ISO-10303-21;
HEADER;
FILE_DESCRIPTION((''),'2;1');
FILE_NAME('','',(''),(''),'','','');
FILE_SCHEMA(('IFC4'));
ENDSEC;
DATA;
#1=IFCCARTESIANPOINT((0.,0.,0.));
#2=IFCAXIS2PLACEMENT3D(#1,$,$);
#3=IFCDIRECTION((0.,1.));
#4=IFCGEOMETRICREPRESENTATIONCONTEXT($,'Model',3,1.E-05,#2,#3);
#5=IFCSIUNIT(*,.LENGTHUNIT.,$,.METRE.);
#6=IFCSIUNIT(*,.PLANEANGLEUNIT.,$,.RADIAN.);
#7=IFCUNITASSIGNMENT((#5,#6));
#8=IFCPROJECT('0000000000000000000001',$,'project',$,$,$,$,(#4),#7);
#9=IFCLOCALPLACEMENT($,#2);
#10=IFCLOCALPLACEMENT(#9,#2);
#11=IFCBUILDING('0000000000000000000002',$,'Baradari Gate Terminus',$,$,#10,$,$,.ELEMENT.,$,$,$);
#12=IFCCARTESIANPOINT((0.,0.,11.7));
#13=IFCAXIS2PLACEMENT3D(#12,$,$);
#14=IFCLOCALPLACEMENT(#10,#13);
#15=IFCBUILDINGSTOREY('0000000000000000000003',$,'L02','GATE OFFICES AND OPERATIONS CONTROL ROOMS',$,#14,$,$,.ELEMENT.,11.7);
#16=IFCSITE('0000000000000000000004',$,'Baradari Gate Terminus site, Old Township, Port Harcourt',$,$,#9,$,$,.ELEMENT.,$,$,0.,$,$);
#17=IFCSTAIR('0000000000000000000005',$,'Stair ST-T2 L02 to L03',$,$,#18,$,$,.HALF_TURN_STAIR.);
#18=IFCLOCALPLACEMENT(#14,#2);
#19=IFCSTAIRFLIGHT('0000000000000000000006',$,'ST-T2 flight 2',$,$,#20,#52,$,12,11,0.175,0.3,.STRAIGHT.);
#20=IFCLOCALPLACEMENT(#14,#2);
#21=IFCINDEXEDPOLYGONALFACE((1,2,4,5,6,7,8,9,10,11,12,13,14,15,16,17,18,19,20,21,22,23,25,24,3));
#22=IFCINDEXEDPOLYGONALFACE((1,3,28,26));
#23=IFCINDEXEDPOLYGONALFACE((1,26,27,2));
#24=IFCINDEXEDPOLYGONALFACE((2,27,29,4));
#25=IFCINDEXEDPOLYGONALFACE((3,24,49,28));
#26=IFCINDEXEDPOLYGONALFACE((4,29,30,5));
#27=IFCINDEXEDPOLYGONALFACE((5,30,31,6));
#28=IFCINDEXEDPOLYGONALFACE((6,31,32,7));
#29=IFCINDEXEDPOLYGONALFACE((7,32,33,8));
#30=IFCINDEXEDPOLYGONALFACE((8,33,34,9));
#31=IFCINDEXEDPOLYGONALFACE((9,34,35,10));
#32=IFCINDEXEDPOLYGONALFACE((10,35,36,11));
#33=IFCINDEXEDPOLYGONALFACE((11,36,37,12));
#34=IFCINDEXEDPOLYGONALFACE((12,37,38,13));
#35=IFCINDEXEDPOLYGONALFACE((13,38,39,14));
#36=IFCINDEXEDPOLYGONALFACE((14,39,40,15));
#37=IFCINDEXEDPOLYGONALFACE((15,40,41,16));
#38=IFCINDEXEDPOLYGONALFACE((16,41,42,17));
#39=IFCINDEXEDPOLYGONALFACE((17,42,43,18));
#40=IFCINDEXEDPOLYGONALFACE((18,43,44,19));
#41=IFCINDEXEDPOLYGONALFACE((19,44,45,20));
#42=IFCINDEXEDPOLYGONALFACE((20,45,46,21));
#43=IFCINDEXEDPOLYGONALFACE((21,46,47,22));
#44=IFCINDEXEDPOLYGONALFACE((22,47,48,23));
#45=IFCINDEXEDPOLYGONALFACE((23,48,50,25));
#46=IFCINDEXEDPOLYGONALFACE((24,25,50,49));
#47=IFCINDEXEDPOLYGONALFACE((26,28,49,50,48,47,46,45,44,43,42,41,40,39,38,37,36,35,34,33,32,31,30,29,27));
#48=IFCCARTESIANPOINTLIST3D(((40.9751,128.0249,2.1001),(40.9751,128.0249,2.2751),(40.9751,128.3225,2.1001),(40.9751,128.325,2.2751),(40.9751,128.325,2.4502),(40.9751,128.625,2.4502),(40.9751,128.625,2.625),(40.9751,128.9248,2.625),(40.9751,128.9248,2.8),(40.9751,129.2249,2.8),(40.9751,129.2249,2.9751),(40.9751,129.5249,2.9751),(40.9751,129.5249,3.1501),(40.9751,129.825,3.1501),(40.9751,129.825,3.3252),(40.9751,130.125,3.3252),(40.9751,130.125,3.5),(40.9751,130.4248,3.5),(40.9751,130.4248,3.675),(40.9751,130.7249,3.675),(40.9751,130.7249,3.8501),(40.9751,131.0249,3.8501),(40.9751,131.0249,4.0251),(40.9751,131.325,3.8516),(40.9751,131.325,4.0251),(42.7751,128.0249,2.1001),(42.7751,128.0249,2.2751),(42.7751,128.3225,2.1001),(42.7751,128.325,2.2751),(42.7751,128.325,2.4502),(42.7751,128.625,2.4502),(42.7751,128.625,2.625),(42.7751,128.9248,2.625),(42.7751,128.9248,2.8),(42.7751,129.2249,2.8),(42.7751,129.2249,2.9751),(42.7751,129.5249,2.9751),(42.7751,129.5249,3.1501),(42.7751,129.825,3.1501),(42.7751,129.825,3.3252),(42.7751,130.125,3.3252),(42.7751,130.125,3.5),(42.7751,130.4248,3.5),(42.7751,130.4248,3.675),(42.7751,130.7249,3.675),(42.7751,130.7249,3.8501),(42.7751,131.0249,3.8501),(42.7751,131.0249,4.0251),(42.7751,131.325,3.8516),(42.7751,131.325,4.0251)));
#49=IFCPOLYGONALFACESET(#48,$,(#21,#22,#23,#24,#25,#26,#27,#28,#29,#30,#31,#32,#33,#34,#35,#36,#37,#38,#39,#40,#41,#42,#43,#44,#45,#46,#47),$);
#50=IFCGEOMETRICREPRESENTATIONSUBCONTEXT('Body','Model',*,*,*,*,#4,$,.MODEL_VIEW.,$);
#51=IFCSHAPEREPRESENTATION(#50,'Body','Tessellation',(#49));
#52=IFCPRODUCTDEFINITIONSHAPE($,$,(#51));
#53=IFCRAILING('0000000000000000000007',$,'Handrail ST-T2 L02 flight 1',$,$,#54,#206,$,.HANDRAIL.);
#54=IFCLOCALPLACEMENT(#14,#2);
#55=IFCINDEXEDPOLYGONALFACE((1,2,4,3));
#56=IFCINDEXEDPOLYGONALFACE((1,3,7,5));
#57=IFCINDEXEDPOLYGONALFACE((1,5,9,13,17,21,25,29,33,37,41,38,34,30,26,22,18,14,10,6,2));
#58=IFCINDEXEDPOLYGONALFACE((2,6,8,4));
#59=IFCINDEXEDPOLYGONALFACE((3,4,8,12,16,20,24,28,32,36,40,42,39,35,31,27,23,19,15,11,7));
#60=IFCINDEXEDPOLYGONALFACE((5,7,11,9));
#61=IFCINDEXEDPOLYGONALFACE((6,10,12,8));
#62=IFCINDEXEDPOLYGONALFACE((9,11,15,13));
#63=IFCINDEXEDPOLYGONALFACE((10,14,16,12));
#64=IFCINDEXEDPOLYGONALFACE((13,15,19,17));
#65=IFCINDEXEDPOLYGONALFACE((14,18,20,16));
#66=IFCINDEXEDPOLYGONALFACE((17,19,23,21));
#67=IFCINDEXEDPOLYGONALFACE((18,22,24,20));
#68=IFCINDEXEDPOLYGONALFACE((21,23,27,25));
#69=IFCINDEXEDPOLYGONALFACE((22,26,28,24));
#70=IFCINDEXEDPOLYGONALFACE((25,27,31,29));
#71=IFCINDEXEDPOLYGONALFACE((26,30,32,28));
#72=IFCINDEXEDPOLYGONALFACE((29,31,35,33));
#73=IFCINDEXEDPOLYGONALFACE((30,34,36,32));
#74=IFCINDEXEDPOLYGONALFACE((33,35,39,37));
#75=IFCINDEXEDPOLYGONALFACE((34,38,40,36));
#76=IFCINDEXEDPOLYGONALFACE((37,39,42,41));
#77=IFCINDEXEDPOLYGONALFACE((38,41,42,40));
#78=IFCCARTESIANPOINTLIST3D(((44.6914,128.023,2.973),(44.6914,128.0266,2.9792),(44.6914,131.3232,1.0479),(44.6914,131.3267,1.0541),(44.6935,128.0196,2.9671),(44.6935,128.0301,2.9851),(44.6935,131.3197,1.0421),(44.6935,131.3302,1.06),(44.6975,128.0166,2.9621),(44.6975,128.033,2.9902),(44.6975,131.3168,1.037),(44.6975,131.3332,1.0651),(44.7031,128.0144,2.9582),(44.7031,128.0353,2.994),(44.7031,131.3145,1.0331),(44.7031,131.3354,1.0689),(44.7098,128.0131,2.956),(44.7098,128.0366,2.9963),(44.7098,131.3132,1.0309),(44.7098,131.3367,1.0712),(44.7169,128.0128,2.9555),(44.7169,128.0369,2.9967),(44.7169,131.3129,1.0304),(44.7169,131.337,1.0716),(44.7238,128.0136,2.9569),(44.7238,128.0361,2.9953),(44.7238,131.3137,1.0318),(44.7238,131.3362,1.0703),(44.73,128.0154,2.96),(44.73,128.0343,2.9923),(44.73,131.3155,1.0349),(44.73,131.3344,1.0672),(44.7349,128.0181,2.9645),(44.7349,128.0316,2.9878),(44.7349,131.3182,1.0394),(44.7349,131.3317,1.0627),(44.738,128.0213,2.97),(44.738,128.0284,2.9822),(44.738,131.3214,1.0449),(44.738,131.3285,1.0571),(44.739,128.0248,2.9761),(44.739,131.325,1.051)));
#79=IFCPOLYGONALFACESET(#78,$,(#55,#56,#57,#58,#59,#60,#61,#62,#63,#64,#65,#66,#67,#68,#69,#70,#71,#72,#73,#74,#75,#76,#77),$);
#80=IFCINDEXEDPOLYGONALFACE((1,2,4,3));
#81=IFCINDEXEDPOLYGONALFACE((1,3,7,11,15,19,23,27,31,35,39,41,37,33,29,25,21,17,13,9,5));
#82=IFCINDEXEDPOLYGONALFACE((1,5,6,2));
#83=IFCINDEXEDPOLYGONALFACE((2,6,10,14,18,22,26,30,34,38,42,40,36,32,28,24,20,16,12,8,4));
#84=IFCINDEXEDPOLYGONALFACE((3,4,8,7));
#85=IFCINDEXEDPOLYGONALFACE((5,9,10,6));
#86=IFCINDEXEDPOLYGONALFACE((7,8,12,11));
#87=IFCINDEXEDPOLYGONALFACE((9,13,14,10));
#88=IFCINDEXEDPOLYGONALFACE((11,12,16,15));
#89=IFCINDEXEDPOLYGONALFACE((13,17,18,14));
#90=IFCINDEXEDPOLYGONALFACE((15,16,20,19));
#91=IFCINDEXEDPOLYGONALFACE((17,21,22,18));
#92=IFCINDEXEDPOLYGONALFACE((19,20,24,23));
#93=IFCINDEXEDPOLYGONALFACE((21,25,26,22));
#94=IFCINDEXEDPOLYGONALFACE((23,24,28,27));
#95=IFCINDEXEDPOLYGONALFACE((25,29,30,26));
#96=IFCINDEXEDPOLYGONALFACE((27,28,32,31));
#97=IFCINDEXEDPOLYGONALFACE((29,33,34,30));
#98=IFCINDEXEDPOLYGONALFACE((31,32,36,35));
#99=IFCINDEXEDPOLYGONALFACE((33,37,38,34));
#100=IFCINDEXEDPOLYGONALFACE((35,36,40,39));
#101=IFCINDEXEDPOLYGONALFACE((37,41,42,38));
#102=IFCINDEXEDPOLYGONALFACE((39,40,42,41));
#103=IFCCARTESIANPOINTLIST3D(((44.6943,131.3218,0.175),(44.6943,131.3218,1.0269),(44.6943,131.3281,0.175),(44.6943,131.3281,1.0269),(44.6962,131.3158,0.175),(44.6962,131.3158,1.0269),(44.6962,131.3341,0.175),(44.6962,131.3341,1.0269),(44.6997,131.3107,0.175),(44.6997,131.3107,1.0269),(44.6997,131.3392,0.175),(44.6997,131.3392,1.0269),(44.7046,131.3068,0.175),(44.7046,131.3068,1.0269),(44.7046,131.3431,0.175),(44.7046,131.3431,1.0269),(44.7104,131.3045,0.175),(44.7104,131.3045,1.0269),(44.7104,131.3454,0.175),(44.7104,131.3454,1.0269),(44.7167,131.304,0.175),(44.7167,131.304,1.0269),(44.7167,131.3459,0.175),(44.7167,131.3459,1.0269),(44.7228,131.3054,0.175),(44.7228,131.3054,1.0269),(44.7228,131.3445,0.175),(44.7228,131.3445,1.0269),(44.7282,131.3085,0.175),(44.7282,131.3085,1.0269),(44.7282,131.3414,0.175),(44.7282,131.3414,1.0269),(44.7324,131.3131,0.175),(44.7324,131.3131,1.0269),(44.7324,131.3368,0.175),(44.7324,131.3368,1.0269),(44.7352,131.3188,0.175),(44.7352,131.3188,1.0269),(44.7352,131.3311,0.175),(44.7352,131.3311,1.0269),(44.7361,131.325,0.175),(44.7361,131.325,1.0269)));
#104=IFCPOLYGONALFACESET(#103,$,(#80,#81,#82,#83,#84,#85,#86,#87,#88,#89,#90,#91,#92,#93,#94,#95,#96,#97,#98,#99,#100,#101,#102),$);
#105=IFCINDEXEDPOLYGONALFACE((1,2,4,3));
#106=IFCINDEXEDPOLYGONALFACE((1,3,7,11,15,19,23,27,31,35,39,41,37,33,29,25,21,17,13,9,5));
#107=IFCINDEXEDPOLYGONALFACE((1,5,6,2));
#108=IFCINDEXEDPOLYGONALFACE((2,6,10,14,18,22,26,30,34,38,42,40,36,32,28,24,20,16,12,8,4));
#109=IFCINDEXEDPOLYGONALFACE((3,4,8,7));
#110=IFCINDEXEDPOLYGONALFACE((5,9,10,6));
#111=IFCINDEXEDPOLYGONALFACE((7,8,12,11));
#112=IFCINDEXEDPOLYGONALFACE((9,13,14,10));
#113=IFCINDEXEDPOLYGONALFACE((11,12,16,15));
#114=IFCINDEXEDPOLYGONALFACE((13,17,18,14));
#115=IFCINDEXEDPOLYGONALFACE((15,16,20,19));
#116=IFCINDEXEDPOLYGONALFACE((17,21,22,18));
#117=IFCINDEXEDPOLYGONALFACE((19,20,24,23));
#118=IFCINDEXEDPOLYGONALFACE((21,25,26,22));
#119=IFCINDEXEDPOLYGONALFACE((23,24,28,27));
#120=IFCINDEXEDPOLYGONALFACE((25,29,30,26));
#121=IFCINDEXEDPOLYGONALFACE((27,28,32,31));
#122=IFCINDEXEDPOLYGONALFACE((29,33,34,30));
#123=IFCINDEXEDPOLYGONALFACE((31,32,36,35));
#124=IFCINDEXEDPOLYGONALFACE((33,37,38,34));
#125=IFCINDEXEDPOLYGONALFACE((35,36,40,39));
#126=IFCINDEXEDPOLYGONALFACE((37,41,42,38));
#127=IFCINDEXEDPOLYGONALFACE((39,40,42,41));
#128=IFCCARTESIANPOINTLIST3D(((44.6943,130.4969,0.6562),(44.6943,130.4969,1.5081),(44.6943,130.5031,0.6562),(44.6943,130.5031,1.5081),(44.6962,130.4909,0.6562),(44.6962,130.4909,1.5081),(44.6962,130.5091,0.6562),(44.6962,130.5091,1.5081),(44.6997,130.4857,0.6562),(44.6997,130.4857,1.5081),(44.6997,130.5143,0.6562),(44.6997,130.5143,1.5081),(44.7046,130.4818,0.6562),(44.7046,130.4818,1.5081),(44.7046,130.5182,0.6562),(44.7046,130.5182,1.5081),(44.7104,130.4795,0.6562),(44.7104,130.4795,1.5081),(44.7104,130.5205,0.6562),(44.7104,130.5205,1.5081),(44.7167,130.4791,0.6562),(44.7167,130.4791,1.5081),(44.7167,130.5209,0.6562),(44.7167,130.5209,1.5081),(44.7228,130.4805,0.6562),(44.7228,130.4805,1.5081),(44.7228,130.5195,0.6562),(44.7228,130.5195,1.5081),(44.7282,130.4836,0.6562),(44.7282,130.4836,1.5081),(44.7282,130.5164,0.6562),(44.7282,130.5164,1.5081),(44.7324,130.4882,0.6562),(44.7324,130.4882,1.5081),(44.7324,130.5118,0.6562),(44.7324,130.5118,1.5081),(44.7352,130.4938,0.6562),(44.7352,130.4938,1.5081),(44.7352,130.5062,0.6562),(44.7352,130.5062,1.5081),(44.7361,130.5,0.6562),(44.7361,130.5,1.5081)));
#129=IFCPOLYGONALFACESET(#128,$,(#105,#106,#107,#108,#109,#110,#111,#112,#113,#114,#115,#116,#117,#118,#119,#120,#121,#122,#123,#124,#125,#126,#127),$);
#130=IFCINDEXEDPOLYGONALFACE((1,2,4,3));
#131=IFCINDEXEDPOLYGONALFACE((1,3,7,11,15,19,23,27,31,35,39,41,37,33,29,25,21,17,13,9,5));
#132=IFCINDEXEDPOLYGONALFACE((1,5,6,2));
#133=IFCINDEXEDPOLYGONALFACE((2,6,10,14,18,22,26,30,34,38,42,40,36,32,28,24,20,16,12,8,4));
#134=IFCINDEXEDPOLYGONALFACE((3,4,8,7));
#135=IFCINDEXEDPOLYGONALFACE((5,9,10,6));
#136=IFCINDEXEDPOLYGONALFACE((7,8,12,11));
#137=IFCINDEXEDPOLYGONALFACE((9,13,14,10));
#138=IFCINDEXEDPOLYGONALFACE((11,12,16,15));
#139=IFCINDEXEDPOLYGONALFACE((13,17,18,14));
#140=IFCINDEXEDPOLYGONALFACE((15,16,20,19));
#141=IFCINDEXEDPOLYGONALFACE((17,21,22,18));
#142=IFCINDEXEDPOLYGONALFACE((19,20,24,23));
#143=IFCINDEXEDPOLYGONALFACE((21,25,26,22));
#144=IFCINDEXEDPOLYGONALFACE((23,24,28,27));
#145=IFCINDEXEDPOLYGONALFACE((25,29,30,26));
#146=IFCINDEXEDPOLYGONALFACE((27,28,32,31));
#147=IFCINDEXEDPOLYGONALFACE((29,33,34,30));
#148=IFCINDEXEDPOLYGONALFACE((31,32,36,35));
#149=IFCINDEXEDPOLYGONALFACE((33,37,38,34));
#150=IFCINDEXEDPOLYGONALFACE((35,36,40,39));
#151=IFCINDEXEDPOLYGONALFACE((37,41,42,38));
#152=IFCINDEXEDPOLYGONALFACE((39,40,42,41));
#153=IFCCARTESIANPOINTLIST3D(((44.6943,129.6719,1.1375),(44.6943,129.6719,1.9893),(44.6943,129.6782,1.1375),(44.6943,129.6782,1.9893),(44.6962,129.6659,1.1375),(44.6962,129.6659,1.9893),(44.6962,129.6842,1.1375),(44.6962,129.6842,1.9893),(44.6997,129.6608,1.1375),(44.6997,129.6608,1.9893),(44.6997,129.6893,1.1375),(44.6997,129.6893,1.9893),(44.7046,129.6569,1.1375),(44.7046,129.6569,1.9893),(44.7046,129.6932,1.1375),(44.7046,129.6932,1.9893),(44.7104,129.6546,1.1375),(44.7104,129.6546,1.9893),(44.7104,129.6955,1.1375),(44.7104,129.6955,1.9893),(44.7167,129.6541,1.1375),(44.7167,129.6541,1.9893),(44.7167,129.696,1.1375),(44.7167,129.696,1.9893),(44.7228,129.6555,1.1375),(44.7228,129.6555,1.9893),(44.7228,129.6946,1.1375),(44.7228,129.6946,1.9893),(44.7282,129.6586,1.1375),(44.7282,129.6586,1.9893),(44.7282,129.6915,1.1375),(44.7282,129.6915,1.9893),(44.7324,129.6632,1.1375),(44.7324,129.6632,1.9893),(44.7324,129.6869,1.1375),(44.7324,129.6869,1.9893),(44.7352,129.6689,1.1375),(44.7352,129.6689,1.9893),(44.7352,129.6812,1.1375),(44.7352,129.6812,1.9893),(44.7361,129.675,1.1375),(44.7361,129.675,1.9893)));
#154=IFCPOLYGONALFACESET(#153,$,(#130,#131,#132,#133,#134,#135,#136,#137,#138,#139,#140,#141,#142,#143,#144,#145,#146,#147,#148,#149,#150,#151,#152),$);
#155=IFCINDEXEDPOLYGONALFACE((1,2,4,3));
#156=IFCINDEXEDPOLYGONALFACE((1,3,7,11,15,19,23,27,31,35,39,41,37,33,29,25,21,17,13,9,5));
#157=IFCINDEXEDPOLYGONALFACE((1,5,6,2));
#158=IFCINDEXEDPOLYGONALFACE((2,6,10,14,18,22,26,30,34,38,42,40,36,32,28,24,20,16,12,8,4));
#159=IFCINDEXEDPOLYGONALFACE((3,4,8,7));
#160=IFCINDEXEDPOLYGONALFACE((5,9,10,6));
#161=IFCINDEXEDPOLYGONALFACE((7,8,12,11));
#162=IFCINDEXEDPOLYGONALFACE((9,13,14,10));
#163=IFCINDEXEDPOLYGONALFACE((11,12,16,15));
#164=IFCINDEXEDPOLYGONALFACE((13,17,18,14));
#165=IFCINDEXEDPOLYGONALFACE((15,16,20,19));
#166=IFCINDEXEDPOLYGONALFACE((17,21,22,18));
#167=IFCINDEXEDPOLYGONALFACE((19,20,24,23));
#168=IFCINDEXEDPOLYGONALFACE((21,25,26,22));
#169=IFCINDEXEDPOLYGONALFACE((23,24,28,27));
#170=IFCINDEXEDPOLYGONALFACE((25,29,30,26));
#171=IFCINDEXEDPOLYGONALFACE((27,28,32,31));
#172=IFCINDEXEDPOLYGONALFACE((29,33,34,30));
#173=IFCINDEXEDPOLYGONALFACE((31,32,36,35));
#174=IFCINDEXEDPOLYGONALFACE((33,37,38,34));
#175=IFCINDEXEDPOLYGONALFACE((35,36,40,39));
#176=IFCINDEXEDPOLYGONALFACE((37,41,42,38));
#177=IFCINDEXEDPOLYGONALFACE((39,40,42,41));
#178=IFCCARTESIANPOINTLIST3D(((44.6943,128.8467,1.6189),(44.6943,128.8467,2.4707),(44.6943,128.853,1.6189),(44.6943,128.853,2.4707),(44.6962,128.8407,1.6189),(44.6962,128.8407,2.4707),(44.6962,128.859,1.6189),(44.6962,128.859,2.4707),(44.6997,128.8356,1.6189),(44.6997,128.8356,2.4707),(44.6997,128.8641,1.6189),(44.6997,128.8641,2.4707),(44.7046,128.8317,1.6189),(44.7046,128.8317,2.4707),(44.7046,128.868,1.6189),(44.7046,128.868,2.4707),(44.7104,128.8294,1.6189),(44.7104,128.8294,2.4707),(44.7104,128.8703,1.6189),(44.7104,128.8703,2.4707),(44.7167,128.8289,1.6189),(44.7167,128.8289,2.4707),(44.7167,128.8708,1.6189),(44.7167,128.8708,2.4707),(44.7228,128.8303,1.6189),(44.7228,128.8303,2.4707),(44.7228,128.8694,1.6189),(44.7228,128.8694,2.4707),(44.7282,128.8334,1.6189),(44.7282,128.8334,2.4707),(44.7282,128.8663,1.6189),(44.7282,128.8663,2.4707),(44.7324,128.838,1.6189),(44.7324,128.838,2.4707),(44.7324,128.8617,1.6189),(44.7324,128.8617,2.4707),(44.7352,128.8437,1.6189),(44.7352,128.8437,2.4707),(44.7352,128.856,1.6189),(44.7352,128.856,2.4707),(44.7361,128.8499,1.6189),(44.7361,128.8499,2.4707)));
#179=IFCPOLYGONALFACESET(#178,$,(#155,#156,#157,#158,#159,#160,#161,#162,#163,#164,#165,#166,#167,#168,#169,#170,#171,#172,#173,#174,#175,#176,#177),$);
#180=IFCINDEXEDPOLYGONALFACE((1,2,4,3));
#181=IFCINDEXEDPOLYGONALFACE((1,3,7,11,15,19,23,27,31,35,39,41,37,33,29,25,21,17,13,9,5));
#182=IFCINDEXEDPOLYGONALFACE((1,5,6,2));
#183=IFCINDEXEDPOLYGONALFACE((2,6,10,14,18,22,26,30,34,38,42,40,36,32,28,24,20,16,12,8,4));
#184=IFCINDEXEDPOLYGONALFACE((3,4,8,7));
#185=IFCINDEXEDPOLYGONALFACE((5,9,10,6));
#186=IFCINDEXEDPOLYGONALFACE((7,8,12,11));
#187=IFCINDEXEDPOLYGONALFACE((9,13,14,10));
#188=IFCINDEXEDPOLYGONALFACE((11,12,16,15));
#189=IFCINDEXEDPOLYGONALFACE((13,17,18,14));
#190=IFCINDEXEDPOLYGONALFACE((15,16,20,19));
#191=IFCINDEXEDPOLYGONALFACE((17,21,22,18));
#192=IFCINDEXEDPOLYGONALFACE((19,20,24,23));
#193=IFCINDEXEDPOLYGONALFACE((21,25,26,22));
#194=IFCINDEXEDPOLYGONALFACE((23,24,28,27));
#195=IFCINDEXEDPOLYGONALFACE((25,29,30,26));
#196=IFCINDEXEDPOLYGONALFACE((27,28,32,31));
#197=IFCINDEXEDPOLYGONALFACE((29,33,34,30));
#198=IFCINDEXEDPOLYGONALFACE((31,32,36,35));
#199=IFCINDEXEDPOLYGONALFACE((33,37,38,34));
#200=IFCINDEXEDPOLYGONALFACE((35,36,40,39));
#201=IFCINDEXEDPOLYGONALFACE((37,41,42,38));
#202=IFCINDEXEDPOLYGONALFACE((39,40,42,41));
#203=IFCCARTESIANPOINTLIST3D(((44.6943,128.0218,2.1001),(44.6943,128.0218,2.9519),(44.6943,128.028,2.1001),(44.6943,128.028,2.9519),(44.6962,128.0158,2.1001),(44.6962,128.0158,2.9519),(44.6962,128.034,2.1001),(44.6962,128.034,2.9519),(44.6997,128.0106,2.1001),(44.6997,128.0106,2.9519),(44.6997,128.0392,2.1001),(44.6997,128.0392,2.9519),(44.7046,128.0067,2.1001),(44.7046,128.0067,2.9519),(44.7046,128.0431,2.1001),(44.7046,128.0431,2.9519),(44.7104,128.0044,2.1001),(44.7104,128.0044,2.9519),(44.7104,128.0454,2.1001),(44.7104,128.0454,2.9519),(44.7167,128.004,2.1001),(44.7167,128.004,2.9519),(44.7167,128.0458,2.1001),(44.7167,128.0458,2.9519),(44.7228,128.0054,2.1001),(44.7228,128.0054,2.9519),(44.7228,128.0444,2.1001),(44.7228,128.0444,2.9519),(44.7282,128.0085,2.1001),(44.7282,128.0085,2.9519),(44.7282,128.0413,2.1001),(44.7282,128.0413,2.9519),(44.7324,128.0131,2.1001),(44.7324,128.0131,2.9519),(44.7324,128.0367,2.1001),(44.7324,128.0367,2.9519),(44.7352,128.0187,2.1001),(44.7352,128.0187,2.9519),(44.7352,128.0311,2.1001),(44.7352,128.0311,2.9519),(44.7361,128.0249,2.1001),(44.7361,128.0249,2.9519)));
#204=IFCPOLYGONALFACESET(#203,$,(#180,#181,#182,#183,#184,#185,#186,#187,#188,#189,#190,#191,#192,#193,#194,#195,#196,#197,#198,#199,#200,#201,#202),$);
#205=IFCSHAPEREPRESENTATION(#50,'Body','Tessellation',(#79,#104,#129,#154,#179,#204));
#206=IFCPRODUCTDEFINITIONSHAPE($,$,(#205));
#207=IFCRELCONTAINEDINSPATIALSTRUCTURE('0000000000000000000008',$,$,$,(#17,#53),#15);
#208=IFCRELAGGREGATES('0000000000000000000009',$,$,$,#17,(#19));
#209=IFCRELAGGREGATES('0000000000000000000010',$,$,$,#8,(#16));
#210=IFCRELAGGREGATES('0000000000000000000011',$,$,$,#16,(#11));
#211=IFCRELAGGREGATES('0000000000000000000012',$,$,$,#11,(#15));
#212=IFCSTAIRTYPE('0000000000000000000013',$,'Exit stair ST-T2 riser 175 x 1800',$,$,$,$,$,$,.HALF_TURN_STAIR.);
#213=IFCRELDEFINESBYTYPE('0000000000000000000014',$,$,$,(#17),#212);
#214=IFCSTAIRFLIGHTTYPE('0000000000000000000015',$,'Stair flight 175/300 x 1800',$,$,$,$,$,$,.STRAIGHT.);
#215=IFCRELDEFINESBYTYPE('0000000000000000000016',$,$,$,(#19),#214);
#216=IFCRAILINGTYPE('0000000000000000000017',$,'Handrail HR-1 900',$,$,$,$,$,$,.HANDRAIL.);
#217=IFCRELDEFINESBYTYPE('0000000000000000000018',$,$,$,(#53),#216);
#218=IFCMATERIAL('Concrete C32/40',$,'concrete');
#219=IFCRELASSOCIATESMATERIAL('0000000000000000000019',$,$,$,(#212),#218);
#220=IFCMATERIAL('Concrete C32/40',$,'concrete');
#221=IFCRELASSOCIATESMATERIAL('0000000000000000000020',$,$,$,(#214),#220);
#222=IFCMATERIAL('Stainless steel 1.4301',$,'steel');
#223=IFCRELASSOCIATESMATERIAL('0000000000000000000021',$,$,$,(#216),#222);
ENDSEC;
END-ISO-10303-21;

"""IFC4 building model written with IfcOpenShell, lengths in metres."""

from ifc_helpers import new_model, si_unit, direction, frame, origin, origin_2d, place, context, subcontext, project, spatial, polyline, circle, outline, extrude, material, type_object, element, aggregate, save


model = new_model("IFC4")

# Units and contexts
model_context = context("Model", 3, precision=1e-05, world=origin(), true_north=direction((0.0, 1.0)))
body_context = subcontext(model_context, "Body", "Model", "MODEL_VIEW")
ifc_project = project(units=[si_unit("LENGTHUNIT", "METRE"), si_unit("PLANEANGLEUNIT", "RADIAN")], contexts=[model_context])

# Site, building, storey
site_placement = place(None, origin())
site = spatial("IfcSite", under=ifc_project, at=site_placement, Name="Baradari Gate Terminus site, Old Township, Port Harcourt", CompositionType="ELEMENT", RefElevation=0.0)
building_placement = place(site_placement, origin())
building = spatial("IfcBuilding", under=site, at=building_placement, Name="Baradari Gate Terminus", CompositionType="ELEMENT")
storey_placement = place(building_placement, frame((0.0, 0.0, 11.7)))
storey = spatial("IfcBuildingStorey", under=building, at=storey_placement, Name="L02", Description="GATE OFFICES AND OPERATIONS CONTROL ROOMS", CompositionType="ELEMENT", Elevation=11.7)

# Stair, stair flight
ifc_material_1 = material(Name="Concrete C32/40", Category="concrete")
stair_type = type_object("IfcStairType", Name="Exit stair ST-T2 riser 175 x 1800", PredefinedType="HALF_TURN_STAIR", material=ifc_material_1)
stair_placement = place(storey_placement, origin())
stair = element("IfcStair", 1, at=stair_placement, inside=storey, type_object=stair_type, Name="Stair ST-T2 L02 to L03", PredefinedType="HALF_TURN_STAIR")
ifc_material_2 = material(Name="Concrete C32/40", Category="concrete")
stair_flight_type = type_object("IfcStairFlightType", Name="Stair flight 175/300 x 1800", PredefinedType="STRAIGHT", material=ifc_material_2)
stair_flight_1_placement = place(storey_placement, frame((41.875, 128.0249, 2.1001), z_axis=(0.0, 0.0, 1.0), x_axis=(0.0, 1.0, 0.0)))
stair_flight_1 = element("IfcStairFlight", 2, at=stair_flight_1_placement, type_object=stair_flight_type, Name="ST-T2 flight 2", NumberOfRisers=12, NumberOfTreads=11, PredefinedType="STRAIGHT", RiserHeight=0.175, TreadLength=0.3, context=body_context, shape_type="SweptSolid", body=[
    extrude(outline(polyline([(0.0, 0.0), (0.0, 0.175), (0.3, 0.175), (0.3, 0.3501), (0.6001, 0.3501), (0.6001, 0.5249), (0.8999, 0.5249), (0.8999, 0.7), (1.2, 0.7), (1.2, 0.875), (1.5, 0.875), (1.5, 1.05), (1.8, 1.05), (1.8, 1.2251), (2.1001, 1.2251), (2.1001, 1.3999), (2.3999, 1.3999), (2.3999, 1.575), (2.7, 1.575), (2.7, 1.75), (3.0, 1.75), (3.0, 1.925), (3.3, 1.925), (3.3, 2.1001), (3.3, 1.7515), (0.2976, 0.0), (0.0, 0.0)])), frame((0.0, 0.8999, 0.0), z_axis=(0.0, -1.0, 0.0), x_axis=(1.0, 0.0, 0.0)), (0.0, 0.0, 1.0), 1.8),
])
aggregate(stair, [stair_flight_1])

# Railing
ifc_material_3 = material(Name="Stainless steel 1.4301", Category="steel")
railing_type = type_object("IfcRailingType", Name="Handrail HR-1 900", PredefinedType="HANDRAIL", material=ifc_material_3)
for number, where, name in (
    (3, (44.7151, 131.325, 0.175), "Handrail ST-T2 L02 flight 1"),
):
    element("IfcRailing", number, at=place(storey_placement, frame(where)), inside=storey, type_object=railing_type, Name=name, PredefinedType="HANDRAIL", context=body_context, shape_type="SweptSolid", body=[
        extrude(circle(Radius=0.0239, at=origin_2d()), frame((0.0, 0.0, 0.876), z_axis=(0.0, -0.863777, 0.503875), x_axis=(1.0, 0.0, 0.0)), (0.0, 0.0, 1.0), 3.8206),
        extrude(circle(Radius=0.021, at=origin_2d()), origin(), (0.0, 0.0, 1.0), 0.8518),
        extrude(circle(Radius=0.021, at=origin_2d()), frame((0.0, -0.825, 0.4812)), (0.0, 0.0, 1.0), 0.8518),
        extrude(circle(Radius=0.021, at=origin_2d()), frame((0.0, -1.6499, 0.9624)), (0.0, 0.0, 1.0), 0.8518),
        extrude(circle(Radius=0.021, at=origin_2d()), frame((0.0, -2.4751, 1.4438)), (0.0, 0.0, 1.0), 0.8518),
        extrude(circle(Radius=0.021, at=origin_2d()), frame((0.0, -3.3, 1.925)), (0.0, 0.0, 1.0), 0.8518),
    ])

save(model, "model.ifc")
